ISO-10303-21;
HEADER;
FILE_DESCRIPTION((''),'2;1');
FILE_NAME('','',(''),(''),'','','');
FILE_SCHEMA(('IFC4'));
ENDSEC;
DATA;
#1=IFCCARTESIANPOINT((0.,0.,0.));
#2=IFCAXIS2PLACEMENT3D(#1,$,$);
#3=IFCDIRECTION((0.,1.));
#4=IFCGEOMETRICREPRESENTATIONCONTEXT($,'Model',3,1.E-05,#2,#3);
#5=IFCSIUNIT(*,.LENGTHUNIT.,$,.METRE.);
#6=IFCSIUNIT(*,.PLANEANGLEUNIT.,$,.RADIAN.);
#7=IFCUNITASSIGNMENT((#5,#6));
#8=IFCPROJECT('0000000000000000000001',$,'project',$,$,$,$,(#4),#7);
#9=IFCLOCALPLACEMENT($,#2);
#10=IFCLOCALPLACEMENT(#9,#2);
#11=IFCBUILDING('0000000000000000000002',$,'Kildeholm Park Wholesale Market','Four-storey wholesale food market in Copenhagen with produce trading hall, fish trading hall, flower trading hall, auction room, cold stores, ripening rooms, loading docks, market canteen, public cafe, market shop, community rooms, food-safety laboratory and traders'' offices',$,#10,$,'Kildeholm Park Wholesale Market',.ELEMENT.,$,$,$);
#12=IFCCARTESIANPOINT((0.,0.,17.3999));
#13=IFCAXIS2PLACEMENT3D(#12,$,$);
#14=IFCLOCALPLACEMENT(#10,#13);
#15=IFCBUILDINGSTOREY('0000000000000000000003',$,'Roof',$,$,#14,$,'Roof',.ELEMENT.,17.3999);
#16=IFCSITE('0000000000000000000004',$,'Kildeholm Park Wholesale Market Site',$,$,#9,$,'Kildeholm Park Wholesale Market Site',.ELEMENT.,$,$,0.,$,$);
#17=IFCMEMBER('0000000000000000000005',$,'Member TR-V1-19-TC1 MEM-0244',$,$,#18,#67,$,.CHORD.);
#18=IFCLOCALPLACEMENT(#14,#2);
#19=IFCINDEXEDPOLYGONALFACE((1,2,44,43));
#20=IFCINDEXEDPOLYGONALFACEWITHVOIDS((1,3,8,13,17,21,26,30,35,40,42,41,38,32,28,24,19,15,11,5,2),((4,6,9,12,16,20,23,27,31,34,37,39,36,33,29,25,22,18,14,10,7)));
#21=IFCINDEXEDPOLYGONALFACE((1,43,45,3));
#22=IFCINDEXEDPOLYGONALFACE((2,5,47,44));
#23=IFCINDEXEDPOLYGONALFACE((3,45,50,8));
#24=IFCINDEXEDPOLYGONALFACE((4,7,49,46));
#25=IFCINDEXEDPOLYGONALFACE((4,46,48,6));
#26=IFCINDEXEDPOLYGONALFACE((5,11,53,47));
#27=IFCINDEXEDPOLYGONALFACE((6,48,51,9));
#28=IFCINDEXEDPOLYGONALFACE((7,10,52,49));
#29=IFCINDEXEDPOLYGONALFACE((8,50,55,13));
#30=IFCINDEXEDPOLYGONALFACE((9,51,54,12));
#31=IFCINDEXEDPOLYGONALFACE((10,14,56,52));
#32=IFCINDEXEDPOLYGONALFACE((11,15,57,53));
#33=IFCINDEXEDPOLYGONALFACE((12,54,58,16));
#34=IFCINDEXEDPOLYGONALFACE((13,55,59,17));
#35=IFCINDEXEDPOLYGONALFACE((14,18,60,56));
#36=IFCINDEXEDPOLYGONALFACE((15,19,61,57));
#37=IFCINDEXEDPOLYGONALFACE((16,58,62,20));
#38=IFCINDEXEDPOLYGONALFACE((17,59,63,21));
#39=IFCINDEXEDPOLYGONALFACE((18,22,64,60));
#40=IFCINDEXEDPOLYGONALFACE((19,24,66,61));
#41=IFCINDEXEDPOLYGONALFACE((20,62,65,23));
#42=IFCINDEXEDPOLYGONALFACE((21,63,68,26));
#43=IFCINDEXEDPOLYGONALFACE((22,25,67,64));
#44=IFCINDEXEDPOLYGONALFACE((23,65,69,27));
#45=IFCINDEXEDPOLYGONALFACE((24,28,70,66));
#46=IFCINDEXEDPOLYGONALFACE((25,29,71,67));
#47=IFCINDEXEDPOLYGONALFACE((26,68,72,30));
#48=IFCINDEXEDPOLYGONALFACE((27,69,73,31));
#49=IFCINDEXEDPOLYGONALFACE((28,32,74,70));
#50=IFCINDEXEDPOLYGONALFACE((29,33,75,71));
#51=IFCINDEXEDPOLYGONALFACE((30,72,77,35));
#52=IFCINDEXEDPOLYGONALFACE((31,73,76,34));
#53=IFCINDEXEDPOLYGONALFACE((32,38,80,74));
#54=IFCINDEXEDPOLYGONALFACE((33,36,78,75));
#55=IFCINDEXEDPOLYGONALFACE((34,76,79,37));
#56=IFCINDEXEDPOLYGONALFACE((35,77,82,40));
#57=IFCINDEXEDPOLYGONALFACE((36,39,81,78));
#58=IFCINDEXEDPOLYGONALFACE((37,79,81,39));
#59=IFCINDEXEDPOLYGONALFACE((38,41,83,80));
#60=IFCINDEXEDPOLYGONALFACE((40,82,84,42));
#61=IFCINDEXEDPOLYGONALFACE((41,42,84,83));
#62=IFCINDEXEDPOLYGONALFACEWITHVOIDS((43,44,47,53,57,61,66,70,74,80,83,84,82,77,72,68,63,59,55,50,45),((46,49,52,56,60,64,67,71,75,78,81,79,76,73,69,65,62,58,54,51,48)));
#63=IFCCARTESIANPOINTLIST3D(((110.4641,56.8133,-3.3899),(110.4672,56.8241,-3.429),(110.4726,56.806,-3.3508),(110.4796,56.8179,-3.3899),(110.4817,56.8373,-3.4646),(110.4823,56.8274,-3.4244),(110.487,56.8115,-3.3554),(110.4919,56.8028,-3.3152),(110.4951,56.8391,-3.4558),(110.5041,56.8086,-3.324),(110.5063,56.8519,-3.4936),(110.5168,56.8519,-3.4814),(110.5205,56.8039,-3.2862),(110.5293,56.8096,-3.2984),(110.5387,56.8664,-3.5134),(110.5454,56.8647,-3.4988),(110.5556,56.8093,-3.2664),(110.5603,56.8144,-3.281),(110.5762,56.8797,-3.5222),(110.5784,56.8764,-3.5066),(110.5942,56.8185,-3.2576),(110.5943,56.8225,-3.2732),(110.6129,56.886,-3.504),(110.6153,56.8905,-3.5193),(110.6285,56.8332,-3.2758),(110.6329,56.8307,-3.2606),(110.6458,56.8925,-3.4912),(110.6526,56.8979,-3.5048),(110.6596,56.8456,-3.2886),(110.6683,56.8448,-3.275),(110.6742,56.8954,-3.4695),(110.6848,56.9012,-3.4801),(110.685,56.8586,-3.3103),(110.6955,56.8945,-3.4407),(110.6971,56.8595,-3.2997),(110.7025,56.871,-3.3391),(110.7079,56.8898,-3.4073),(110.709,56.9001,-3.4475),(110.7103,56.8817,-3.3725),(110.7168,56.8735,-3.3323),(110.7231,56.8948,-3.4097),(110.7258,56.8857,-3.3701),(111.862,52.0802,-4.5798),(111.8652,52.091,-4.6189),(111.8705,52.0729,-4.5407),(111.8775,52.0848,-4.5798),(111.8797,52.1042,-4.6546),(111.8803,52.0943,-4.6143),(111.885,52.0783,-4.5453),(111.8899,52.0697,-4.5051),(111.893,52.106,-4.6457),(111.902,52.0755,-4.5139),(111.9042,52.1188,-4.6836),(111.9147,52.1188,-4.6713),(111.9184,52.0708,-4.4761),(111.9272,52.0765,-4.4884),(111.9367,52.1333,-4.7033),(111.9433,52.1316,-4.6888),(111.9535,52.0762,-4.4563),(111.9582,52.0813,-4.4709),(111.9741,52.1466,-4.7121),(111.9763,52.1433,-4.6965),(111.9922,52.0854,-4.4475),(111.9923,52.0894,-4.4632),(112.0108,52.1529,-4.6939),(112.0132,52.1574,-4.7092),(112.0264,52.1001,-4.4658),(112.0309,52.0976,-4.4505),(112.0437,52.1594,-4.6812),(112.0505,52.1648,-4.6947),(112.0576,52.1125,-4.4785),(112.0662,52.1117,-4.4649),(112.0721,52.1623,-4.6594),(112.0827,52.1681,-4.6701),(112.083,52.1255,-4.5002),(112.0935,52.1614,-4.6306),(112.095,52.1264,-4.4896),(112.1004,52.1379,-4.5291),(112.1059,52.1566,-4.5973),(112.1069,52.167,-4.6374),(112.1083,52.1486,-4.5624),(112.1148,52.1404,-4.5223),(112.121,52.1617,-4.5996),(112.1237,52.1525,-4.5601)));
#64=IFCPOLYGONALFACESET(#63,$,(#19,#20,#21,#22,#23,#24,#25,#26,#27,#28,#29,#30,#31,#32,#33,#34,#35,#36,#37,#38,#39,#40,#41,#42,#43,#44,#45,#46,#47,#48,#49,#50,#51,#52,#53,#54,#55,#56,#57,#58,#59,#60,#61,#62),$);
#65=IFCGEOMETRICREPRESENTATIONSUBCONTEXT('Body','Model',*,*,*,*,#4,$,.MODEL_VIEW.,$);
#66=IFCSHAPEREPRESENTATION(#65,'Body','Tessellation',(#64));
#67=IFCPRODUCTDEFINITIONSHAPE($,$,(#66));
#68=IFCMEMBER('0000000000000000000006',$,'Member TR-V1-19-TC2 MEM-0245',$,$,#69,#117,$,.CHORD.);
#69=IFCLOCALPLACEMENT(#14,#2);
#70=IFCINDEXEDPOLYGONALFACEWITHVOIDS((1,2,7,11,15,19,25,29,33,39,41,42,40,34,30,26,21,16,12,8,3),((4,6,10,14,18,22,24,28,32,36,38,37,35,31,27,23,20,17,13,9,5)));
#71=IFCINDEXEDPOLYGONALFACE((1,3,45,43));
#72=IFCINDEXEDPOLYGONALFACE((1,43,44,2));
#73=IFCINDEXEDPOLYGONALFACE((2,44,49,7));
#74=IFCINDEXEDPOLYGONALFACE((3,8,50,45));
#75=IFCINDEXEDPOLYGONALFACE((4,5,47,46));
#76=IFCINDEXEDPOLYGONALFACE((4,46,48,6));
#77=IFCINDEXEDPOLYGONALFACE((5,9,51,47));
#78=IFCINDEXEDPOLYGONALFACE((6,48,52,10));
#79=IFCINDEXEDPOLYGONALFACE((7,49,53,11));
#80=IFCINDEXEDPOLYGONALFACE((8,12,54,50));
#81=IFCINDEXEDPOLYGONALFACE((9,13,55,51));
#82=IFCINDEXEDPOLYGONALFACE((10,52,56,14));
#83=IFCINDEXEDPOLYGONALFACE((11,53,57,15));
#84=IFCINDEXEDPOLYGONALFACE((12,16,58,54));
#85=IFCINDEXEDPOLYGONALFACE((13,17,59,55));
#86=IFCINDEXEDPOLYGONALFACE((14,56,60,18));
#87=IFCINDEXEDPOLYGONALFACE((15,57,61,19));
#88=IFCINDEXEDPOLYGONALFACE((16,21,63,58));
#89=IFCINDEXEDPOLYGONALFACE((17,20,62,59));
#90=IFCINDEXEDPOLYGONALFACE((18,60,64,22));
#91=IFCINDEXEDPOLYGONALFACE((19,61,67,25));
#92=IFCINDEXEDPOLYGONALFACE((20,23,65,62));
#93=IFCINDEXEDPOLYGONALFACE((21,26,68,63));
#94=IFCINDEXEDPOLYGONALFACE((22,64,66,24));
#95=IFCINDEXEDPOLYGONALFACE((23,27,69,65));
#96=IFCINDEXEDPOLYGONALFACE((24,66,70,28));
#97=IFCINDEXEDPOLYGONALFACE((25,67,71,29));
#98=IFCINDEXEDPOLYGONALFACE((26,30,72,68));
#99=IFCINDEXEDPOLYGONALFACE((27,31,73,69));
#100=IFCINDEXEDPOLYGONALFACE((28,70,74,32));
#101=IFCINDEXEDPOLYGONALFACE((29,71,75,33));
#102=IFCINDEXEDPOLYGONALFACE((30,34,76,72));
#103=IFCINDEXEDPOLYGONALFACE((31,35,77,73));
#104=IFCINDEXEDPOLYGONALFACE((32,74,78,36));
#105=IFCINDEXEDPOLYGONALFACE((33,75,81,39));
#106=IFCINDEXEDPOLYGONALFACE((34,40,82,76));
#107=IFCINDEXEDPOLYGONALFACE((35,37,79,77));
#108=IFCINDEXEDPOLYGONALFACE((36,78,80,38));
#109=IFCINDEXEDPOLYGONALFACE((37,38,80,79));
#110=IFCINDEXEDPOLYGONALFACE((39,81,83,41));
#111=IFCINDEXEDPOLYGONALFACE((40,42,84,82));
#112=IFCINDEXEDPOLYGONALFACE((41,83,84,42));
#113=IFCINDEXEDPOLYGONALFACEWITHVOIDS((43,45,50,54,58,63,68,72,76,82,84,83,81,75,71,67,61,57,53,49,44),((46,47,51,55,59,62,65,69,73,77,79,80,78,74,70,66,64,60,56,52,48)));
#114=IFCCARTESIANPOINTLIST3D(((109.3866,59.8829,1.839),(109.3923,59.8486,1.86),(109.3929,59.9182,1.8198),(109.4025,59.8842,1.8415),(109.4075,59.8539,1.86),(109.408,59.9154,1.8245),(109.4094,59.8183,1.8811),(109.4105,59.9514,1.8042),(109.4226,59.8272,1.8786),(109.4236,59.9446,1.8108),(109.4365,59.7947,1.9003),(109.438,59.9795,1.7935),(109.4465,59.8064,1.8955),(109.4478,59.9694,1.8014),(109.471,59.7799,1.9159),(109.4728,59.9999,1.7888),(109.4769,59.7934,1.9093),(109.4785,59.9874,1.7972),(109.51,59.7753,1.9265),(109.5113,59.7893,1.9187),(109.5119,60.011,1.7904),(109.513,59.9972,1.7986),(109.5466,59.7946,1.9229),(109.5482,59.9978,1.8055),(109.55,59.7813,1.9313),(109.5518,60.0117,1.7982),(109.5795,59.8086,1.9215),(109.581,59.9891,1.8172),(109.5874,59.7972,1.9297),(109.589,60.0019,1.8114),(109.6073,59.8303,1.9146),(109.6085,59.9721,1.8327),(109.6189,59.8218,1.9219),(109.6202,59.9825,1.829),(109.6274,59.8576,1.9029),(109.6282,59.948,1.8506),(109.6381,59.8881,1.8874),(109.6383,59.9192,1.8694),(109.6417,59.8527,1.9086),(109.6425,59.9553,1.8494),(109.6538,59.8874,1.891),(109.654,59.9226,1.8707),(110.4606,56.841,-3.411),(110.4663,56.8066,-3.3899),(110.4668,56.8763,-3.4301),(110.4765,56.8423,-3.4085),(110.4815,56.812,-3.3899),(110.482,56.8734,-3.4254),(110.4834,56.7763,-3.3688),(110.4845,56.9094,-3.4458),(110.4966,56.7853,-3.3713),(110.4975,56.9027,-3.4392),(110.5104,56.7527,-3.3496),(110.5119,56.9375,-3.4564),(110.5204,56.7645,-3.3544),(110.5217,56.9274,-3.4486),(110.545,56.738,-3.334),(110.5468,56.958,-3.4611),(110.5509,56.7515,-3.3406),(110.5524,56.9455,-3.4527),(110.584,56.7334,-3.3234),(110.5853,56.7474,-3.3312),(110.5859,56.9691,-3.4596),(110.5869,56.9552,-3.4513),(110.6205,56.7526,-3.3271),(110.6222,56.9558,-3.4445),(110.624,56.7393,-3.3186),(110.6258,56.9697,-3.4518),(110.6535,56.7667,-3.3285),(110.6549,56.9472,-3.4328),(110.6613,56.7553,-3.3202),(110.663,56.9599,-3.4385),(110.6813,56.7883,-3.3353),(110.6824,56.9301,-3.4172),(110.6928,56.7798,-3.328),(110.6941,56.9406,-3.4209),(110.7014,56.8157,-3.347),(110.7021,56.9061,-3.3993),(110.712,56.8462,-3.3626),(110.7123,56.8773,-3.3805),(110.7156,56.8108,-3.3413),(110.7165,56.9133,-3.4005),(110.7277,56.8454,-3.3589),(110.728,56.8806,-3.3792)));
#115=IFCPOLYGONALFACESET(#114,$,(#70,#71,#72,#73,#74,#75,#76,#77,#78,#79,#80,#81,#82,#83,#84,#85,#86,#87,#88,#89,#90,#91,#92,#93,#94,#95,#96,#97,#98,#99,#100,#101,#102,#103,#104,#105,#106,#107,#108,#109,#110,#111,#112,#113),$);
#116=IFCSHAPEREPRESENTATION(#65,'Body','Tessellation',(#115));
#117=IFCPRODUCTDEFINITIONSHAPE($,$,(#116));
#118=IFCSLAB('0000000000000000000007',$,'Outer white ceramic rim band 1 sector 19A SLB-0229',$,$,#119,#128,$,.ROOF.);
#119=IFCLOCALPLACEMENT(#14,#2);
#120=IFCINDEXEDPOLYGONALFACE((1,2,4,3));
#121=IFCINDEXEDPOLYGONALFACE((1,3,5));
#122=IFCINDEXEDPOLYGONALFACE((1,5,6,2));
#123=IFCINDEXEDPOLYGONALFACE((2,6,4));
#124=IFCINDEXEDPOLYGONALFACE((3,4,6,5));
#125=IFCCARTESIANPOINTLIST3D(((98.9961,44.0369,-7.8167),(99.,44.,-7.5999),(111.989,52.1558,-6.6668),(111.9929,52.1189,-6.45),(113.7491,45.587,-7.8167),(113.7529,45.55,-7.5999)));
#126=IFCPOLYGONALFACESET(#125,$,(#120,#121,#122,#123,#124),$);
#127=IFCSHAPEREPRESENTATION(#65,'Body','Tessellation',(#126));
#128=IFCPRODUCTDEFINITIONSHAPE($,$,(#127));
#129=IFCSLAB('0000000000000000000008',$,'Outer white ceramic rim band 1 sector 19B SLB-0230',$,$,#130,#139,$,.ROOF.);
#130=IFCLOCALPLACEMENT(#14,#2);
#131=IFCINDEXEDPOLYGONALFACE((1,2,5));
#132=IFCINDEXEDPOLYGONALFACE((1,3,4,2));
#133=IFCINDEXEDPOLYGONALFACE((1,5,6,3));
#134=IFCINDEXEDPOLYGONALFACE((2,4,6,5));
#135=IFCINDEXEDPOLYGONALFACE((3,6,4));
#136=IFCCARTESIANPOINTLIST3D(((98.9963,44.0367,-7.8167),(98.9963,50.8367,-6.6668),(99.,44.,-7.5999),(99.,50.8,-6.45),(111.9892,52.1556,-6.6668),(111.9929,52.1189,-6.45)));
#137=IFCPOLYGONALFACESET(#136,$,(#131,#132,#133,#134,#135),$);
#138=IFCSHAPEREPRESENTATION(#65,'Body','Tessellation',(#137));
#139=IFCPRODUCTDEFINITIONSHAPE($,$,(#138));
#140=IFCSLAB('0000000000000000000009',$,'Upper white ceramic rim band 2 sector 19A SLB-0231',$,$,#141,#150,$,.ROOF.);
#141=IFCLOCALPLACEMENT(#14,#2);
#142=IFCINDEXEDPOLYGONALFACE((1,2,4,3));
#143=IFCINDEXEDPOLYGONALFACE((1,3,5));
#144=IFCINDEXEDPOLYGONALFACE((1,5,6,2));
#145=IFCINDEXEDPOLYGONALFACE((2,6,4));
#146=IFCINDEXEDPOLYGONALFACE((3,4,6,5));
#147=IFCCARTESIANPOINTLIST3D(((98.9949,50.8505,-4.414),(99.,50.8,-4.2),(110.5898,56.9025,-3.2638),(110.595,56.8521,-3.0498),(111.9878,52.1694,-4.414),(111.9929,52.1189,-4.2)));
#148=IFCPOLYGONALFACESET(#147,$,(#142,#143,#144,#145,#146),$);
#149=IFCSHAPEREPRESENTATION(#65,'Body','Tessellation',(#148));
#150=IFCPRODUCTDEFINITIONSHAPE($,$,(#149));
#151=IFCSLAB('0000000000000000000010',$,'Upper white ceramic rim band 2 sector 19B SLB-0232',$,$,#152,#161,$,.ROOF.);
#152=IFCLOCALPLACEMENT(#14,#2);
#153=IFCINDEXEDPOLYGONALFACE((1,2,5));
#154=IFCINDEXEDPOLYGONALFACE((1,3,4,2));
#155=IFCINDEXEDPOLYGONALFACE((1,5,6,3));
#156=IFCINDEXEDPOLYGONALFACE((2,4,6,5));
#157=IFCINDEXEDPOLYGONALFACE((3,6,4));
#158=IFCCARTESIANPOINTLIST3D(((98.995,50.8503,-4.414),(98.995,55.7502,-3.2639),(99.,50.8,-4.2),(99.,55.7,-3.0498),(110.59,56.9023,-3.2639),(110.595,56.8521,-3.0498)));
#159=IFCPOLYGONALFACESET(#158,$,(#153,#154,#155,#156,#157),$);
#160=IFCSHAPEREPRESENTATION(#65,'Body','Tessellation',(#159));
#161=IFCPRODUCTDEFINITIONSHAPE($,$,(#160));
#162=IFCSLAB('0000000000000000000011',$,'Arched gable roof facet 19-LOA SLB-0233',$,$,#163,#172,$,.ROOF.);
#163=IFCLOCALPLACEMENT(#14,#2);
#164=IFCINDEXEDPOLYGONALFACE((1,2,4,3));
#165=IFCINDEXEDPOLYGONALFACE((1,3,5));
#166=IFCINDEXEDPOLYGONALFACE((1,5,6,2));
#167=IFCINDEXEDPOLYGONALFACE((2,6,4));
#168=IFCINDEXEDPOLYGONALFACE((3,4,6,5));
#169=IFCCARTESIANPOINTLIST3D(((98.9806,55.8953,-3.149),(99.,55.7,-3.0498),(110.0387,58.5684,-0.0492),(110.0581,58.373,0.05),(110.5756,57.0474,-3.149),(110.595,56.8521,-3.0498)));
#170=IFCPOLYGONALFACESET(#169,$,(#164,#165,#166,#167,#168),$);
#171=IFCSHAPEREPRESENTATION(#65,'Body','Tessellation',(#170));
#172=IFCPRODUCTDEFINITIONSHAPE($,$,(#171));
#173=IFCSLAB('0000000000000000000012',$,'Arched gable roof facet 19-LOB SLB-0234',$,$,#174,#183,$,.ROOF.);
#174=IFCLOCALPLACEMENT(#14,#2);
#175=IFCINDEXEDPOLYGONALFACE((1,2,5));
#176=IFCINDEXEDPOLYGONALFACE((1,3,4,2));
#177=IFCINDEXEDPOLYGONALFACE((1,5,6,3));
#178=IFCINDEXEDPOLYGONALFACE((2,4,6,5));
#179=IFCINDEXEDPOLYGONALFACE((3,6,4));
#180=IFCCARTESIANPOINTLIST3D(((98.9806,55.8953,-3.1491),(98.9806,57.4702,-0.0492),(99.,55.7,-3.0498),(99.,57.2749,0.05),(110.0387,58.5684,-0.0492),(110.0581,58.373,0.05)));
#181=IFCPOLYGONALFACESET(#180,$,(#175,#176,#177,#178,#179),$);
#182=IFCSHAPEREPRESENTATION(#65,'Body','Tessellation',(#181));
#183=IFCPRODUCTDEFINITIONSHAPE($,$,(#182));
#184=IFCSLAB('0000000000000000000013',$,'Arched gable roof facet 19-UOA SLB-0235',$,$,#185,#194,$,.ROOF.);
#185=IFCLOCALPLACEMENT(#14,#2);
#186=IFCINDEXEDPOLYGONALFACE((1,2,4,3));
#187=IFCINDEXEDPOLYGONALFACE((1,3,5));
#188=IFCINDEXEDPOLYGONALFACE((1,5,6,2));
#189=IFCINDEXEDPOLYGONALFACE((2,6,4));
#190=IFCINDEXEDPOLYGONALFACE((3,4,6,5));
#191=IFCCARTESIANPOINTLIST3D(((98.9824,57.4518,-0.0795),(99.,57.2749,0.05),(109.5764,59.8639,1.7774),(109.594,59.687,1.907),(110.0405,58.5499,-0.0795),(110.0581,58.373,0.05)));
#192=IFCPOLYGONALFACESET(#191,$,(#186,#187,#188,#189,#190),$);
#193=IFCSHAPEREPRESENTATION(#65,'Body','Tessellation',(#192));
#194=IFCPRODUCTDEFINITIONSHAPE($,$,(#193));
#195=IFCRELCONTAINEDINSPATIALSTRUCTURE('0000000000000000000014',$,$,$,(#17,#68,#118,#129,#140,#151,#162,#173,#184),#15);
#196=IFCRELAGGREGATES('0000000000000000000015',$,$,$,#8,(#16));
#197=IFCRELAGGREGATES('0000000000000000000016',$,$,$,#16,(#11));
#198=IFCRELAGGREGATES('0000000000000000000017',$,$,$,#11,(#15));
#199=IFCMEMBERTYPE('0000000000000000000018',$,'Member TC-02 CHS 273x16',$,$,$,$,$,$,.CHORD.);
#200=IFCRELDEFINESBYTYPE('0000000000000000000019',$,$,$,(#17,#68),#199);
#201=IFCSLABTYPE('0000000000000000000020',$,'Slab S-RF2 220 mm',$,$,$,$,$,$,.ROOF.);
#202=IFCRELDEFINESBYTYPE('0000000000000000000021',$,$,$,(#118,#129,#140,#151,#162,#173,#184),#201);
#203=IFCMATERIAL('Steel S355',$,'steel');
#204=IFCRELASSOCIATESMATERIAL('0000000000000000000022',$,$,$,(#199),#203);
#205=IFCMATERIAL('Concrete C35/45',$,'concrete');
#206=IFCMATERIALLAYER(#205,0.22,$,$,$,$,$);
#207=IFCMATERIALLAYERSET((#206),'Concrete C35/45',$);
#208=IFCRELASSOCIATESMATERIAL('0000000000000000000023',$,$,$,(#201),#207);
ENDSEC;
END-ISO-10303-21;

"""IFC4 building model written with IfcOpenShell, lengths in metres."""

from ifc_helpers import new_model, si_unit, direction, frame, origin, origin_2d, place, context, subcontext, project, spatial, polyline, hollow_circle, outline, extrude, material, layer, layer_set, material_profile, profile_set, type_object, element, save


model = new_model("IFC4")

# Units and contexts
model_context = context("Model", 3, precision=1e-05, world=origin(), true_north=direction((0.0, 1.0)))
body_context = subcontext(model_context, "Body", "Model", "MODEL_VIEW")
ifc_project = project(units=[si_unit("LENGTHUNIT", "METRE"), si_unit("PLANEANGLEUNIT", "RADIAN")], contexts=[model_context])

# Site, building, storey
site_placement = place(None, origin())
site = spatial("IfcSite", under=ifc_project, at=site_placement, Name="Kildeholm Park Wholesale Market Site", LongName="Kildeholm Park Wholesale Market Site", CompositionType="ELEMENT", RefElevation=0.0)
building_placement = place(site_placement, origin())
building = spatial("IfcBuilding", under=site, at=building_placement, Name="Kildeholm Park Wholesale Market", Description="Four-storey wholesale food market in Copenhagen with produce trading hall, fish trading hall, flower trading hall, auction room, cold stores, ripening rooms, loading docks, market canteen, public cafe, market shop, community rooms, food-safety laboratory and traders' offices", LongName="Kildeholm Park Wholesale Market", CompositionType="ELEMENT")
storey_placement = place(building_placement, frame((0.0, 0.0, 17.3999)))
storey = spatial("IfcBuildingStorey", under=building, at=storey_placement, Name="Roof", LongName="Roof", CompositionType="ELEMENT", Elevation=17.3999)

# Shared definitions
ifc_material_1 = material(Name="Steel S355", Category="steel")

# Members
ifc_material_profile_1 = material_profile(ifc_material_1, hollow_circle(Radius=0.1365, WallThickness=0.0161, at=origin_2d()), Name="CHS 273x16")
ifc_profile_set_1 = profile_set([ifc_material_profile_1], Name="Steel S355")
member_type_1 = type_object("IfcMemberType", Name="Member TC-02 CHS 273x16", PredefinedType="CHORD", material=ifc_profile_set_1)
member_1_placement = place(storey_placement, frame((111.9929, 52.1189, -4.5798), z_axis=(-0.275365, 0.932327, 0.234392), x_axis=(-0.959044, -0.283256, 0.0)))
element("IfcMember", 1, at=member_1_placement, inside=storey, type_object=member_type_1, Name="Member TR-V1-19-TC1 MEM-0244", PredefinedType="CHORD", context=body_context, shape_type="SweptSolid", body=[
    extrude(hollow_circle(Radius=0.1365, WallThickness=0.0161, at=origin_2d()), origin(), (0.0, 0.0, 1.0), 5.0767),
])
member_2_placement = place(storey_placement, frame((110.595, 56.8521, -3.3899), z_axis=(-0.174291, 0.493674, 0.852003), x_axis=(-0.942958, -0.332911, 0.0)))
element("IfcMember", 2, at=member_2_placement, inside=storey, type_object=member_type_1, Name="Member TR-V1-19-TC2 MEM-0245", PredefinedType="CHORD", context=body_context, shape_type="SweptSolid", body=[
    extrude(hollow_circle(Radius=0.1365, WallThickness=0.0161, at=origin_2d()), origin(), (0.0, 0.0, 1.0), 6.1619),
])

# Slabs
ifc_material_2 = material(Name="Concrete C35/45", Category="concrete")
ifc_layer_1 = layer(ifc_material_2, 0.22)
ifc_layer_set_1 = layer_set([ifc_layer_1], Name="Concrete C35/45")
slab_type = type_object("IfcSlabType", Name="Slab S-RF2 220 mm", PredefinedType="ROOF", material=ifc_layer_set_1)
slab_1_placement = place(storey_placement, frame((99.0, 44.0, -7.5999), z_axis=(0.017632, -0.167819, 0.98566), x_axis=(0.994526, 0.104492, 0.0)))
element("IfcSlab", 3, at=slab_1_placement, inside=storey, type_object=slab_type, Name="Outer white ceramic rim band 1 sector 19A SLB-0229", PredefinedType="ROOF", context=body_context, shape_type="SweptSolid", body=[
    extrude(outline(polyline([(0.0, 0.0), (14.8341, 0.0), (13.7702, 6.8145), (0.0, 0.0)])), origin(), (0.0, 0.0, -1.0), 0.22),
])
slab_2_placement = place(storey_placement, frame((99.0, 44.0, -7.5999), z_axis=(0.016922, -0.166711, 0.985861), x_axis=(0.845669, 0.528434, 0.074844)))
element("IfcSlab", 4, at=slab_2_placement, inside=storey, type_object=slab_type, Name="Outer white ceramic rim band 1 sector 19B SLB-0230", PredefinedType="ROOF", context=body_context, shape_type="SweptSolid", body=[
    extrude(outline(polyline([(0.0, 0.0), (15.3641, 0.0), (3.6794, 5.8331), (0.0, 0.0)])), origin(), (0.0, 0.0, -1.0), 0.22),
])
slab_3_placement = place(storey_placement, frame((99.0, 50.8, -4.2), z_axis=(0.023301, -0.229559, 0.973016), x_axis=(0.994888, 0.100986, 0.0)))
element("IfcSlab", 5, at=slab_3_placement, inside=storey, type_object=slab_type, Name="Upper white ceramic rim band 2 sector 19A SLB-0231", PredefinedType="ROOF", context=body_context, shape_type="SweptSolid", body=[
    extrude(outline(polyline([(0.0, 0.0), (13.0597, 0.0), (12.1469, 4.9846), (0.0, 0.0)])), origin(), (0.0, 0.0, -1.0), 0.22),
])
slab_4_placement = place(storey_placement, frame((99.0, 50.8, -4.2), z_axis=(0.0227, -0.228459, 0.973289), x_axis=(0.8831, 0.460935, 0.087598)))
element("IfcSlab", 6, at=slab_4_placement, inside=storey, type_object=slab_type, Name="Upper white ceramic rim band 2 sector 19B SLB-0232", PredefinedType="ROOF", context=body_context, shape_type="SweptSolid", body=[
    extrude(outline(polyline([(0.0, 0.0), (13.1298, 0.0), (2.3593, 4.4459), (0.0, 0.0)])), origin(), (0.0, 0.0, -1.0), 0.22),
])
slab_5_placement = place(storey_placement, frame((99.0, 55.7, -3.0498), z_axis=(0.088246, -0.888122, 0.451056), x_axis=(0.9951, 0.098875, 0.0)))
element("IfcSlab", 7, at=slab_5_placement, inside=storey, type_object=slab_type, Name="Arched gable roof facet 19-LOA SLB-0233", PredefinedType="ROOF", context=body_context, shape_type="SweptSolid", body=[
    extrude(outline(polyline([(0.0, 0.0), (11.6521, 0.0), (11.2682, 3.4732), (0.0, 0.0)])), origin(), (0.0, 0.0, -1.0), 0.22),
])
slab_6_placement = place(storey_placement, frame((99.0, 55.7, -3.0498), z_axis=(0.08819, -0.888056, 0.451197), x_axis=(0.937814, 0.226699, 0.262892)))
element("IfcSlab", 8, at=slab_6_placement, inside=storey, type_object=slab_type, Name="Arched gable roof facet 19-LOB SLB-0234", PredefinedType="ROOF", context=body_context, shape_type="SweptSolid", body=[
    extrude(outline(polyline([(0.0, 0.0), (11.7914, 0.0), (1.172, 3.2735), (0.0, 0.0)])), origin(), (0.0, 0.0, -1.0), 0.22),
])
slab_7_placement = place(storey_placement, frame((99.0, 57.2749, 0.05), z_axis=(0.07986, -0.80418, 0.588997), x_axis=(0.995105, 0.098821, 0.0)))
element("IfcSlab", 9, at=slab_7_placement, inside=storey, type_object=slab_type, Name="Arched gable roof facet 19-UOA SLB-0235", PredefinedType="ROOF", context=body_context, shape_type="SweptSolid", body=[
    extrude(outline(polyline([(0.0, 0.0), (11.1125, 0.0), (10.7805, 2.2978), (0.0, 0.0)])), origin(), (0.0, 0.0, -1.0), 0.22),
])

save(model, "model.ifc")
